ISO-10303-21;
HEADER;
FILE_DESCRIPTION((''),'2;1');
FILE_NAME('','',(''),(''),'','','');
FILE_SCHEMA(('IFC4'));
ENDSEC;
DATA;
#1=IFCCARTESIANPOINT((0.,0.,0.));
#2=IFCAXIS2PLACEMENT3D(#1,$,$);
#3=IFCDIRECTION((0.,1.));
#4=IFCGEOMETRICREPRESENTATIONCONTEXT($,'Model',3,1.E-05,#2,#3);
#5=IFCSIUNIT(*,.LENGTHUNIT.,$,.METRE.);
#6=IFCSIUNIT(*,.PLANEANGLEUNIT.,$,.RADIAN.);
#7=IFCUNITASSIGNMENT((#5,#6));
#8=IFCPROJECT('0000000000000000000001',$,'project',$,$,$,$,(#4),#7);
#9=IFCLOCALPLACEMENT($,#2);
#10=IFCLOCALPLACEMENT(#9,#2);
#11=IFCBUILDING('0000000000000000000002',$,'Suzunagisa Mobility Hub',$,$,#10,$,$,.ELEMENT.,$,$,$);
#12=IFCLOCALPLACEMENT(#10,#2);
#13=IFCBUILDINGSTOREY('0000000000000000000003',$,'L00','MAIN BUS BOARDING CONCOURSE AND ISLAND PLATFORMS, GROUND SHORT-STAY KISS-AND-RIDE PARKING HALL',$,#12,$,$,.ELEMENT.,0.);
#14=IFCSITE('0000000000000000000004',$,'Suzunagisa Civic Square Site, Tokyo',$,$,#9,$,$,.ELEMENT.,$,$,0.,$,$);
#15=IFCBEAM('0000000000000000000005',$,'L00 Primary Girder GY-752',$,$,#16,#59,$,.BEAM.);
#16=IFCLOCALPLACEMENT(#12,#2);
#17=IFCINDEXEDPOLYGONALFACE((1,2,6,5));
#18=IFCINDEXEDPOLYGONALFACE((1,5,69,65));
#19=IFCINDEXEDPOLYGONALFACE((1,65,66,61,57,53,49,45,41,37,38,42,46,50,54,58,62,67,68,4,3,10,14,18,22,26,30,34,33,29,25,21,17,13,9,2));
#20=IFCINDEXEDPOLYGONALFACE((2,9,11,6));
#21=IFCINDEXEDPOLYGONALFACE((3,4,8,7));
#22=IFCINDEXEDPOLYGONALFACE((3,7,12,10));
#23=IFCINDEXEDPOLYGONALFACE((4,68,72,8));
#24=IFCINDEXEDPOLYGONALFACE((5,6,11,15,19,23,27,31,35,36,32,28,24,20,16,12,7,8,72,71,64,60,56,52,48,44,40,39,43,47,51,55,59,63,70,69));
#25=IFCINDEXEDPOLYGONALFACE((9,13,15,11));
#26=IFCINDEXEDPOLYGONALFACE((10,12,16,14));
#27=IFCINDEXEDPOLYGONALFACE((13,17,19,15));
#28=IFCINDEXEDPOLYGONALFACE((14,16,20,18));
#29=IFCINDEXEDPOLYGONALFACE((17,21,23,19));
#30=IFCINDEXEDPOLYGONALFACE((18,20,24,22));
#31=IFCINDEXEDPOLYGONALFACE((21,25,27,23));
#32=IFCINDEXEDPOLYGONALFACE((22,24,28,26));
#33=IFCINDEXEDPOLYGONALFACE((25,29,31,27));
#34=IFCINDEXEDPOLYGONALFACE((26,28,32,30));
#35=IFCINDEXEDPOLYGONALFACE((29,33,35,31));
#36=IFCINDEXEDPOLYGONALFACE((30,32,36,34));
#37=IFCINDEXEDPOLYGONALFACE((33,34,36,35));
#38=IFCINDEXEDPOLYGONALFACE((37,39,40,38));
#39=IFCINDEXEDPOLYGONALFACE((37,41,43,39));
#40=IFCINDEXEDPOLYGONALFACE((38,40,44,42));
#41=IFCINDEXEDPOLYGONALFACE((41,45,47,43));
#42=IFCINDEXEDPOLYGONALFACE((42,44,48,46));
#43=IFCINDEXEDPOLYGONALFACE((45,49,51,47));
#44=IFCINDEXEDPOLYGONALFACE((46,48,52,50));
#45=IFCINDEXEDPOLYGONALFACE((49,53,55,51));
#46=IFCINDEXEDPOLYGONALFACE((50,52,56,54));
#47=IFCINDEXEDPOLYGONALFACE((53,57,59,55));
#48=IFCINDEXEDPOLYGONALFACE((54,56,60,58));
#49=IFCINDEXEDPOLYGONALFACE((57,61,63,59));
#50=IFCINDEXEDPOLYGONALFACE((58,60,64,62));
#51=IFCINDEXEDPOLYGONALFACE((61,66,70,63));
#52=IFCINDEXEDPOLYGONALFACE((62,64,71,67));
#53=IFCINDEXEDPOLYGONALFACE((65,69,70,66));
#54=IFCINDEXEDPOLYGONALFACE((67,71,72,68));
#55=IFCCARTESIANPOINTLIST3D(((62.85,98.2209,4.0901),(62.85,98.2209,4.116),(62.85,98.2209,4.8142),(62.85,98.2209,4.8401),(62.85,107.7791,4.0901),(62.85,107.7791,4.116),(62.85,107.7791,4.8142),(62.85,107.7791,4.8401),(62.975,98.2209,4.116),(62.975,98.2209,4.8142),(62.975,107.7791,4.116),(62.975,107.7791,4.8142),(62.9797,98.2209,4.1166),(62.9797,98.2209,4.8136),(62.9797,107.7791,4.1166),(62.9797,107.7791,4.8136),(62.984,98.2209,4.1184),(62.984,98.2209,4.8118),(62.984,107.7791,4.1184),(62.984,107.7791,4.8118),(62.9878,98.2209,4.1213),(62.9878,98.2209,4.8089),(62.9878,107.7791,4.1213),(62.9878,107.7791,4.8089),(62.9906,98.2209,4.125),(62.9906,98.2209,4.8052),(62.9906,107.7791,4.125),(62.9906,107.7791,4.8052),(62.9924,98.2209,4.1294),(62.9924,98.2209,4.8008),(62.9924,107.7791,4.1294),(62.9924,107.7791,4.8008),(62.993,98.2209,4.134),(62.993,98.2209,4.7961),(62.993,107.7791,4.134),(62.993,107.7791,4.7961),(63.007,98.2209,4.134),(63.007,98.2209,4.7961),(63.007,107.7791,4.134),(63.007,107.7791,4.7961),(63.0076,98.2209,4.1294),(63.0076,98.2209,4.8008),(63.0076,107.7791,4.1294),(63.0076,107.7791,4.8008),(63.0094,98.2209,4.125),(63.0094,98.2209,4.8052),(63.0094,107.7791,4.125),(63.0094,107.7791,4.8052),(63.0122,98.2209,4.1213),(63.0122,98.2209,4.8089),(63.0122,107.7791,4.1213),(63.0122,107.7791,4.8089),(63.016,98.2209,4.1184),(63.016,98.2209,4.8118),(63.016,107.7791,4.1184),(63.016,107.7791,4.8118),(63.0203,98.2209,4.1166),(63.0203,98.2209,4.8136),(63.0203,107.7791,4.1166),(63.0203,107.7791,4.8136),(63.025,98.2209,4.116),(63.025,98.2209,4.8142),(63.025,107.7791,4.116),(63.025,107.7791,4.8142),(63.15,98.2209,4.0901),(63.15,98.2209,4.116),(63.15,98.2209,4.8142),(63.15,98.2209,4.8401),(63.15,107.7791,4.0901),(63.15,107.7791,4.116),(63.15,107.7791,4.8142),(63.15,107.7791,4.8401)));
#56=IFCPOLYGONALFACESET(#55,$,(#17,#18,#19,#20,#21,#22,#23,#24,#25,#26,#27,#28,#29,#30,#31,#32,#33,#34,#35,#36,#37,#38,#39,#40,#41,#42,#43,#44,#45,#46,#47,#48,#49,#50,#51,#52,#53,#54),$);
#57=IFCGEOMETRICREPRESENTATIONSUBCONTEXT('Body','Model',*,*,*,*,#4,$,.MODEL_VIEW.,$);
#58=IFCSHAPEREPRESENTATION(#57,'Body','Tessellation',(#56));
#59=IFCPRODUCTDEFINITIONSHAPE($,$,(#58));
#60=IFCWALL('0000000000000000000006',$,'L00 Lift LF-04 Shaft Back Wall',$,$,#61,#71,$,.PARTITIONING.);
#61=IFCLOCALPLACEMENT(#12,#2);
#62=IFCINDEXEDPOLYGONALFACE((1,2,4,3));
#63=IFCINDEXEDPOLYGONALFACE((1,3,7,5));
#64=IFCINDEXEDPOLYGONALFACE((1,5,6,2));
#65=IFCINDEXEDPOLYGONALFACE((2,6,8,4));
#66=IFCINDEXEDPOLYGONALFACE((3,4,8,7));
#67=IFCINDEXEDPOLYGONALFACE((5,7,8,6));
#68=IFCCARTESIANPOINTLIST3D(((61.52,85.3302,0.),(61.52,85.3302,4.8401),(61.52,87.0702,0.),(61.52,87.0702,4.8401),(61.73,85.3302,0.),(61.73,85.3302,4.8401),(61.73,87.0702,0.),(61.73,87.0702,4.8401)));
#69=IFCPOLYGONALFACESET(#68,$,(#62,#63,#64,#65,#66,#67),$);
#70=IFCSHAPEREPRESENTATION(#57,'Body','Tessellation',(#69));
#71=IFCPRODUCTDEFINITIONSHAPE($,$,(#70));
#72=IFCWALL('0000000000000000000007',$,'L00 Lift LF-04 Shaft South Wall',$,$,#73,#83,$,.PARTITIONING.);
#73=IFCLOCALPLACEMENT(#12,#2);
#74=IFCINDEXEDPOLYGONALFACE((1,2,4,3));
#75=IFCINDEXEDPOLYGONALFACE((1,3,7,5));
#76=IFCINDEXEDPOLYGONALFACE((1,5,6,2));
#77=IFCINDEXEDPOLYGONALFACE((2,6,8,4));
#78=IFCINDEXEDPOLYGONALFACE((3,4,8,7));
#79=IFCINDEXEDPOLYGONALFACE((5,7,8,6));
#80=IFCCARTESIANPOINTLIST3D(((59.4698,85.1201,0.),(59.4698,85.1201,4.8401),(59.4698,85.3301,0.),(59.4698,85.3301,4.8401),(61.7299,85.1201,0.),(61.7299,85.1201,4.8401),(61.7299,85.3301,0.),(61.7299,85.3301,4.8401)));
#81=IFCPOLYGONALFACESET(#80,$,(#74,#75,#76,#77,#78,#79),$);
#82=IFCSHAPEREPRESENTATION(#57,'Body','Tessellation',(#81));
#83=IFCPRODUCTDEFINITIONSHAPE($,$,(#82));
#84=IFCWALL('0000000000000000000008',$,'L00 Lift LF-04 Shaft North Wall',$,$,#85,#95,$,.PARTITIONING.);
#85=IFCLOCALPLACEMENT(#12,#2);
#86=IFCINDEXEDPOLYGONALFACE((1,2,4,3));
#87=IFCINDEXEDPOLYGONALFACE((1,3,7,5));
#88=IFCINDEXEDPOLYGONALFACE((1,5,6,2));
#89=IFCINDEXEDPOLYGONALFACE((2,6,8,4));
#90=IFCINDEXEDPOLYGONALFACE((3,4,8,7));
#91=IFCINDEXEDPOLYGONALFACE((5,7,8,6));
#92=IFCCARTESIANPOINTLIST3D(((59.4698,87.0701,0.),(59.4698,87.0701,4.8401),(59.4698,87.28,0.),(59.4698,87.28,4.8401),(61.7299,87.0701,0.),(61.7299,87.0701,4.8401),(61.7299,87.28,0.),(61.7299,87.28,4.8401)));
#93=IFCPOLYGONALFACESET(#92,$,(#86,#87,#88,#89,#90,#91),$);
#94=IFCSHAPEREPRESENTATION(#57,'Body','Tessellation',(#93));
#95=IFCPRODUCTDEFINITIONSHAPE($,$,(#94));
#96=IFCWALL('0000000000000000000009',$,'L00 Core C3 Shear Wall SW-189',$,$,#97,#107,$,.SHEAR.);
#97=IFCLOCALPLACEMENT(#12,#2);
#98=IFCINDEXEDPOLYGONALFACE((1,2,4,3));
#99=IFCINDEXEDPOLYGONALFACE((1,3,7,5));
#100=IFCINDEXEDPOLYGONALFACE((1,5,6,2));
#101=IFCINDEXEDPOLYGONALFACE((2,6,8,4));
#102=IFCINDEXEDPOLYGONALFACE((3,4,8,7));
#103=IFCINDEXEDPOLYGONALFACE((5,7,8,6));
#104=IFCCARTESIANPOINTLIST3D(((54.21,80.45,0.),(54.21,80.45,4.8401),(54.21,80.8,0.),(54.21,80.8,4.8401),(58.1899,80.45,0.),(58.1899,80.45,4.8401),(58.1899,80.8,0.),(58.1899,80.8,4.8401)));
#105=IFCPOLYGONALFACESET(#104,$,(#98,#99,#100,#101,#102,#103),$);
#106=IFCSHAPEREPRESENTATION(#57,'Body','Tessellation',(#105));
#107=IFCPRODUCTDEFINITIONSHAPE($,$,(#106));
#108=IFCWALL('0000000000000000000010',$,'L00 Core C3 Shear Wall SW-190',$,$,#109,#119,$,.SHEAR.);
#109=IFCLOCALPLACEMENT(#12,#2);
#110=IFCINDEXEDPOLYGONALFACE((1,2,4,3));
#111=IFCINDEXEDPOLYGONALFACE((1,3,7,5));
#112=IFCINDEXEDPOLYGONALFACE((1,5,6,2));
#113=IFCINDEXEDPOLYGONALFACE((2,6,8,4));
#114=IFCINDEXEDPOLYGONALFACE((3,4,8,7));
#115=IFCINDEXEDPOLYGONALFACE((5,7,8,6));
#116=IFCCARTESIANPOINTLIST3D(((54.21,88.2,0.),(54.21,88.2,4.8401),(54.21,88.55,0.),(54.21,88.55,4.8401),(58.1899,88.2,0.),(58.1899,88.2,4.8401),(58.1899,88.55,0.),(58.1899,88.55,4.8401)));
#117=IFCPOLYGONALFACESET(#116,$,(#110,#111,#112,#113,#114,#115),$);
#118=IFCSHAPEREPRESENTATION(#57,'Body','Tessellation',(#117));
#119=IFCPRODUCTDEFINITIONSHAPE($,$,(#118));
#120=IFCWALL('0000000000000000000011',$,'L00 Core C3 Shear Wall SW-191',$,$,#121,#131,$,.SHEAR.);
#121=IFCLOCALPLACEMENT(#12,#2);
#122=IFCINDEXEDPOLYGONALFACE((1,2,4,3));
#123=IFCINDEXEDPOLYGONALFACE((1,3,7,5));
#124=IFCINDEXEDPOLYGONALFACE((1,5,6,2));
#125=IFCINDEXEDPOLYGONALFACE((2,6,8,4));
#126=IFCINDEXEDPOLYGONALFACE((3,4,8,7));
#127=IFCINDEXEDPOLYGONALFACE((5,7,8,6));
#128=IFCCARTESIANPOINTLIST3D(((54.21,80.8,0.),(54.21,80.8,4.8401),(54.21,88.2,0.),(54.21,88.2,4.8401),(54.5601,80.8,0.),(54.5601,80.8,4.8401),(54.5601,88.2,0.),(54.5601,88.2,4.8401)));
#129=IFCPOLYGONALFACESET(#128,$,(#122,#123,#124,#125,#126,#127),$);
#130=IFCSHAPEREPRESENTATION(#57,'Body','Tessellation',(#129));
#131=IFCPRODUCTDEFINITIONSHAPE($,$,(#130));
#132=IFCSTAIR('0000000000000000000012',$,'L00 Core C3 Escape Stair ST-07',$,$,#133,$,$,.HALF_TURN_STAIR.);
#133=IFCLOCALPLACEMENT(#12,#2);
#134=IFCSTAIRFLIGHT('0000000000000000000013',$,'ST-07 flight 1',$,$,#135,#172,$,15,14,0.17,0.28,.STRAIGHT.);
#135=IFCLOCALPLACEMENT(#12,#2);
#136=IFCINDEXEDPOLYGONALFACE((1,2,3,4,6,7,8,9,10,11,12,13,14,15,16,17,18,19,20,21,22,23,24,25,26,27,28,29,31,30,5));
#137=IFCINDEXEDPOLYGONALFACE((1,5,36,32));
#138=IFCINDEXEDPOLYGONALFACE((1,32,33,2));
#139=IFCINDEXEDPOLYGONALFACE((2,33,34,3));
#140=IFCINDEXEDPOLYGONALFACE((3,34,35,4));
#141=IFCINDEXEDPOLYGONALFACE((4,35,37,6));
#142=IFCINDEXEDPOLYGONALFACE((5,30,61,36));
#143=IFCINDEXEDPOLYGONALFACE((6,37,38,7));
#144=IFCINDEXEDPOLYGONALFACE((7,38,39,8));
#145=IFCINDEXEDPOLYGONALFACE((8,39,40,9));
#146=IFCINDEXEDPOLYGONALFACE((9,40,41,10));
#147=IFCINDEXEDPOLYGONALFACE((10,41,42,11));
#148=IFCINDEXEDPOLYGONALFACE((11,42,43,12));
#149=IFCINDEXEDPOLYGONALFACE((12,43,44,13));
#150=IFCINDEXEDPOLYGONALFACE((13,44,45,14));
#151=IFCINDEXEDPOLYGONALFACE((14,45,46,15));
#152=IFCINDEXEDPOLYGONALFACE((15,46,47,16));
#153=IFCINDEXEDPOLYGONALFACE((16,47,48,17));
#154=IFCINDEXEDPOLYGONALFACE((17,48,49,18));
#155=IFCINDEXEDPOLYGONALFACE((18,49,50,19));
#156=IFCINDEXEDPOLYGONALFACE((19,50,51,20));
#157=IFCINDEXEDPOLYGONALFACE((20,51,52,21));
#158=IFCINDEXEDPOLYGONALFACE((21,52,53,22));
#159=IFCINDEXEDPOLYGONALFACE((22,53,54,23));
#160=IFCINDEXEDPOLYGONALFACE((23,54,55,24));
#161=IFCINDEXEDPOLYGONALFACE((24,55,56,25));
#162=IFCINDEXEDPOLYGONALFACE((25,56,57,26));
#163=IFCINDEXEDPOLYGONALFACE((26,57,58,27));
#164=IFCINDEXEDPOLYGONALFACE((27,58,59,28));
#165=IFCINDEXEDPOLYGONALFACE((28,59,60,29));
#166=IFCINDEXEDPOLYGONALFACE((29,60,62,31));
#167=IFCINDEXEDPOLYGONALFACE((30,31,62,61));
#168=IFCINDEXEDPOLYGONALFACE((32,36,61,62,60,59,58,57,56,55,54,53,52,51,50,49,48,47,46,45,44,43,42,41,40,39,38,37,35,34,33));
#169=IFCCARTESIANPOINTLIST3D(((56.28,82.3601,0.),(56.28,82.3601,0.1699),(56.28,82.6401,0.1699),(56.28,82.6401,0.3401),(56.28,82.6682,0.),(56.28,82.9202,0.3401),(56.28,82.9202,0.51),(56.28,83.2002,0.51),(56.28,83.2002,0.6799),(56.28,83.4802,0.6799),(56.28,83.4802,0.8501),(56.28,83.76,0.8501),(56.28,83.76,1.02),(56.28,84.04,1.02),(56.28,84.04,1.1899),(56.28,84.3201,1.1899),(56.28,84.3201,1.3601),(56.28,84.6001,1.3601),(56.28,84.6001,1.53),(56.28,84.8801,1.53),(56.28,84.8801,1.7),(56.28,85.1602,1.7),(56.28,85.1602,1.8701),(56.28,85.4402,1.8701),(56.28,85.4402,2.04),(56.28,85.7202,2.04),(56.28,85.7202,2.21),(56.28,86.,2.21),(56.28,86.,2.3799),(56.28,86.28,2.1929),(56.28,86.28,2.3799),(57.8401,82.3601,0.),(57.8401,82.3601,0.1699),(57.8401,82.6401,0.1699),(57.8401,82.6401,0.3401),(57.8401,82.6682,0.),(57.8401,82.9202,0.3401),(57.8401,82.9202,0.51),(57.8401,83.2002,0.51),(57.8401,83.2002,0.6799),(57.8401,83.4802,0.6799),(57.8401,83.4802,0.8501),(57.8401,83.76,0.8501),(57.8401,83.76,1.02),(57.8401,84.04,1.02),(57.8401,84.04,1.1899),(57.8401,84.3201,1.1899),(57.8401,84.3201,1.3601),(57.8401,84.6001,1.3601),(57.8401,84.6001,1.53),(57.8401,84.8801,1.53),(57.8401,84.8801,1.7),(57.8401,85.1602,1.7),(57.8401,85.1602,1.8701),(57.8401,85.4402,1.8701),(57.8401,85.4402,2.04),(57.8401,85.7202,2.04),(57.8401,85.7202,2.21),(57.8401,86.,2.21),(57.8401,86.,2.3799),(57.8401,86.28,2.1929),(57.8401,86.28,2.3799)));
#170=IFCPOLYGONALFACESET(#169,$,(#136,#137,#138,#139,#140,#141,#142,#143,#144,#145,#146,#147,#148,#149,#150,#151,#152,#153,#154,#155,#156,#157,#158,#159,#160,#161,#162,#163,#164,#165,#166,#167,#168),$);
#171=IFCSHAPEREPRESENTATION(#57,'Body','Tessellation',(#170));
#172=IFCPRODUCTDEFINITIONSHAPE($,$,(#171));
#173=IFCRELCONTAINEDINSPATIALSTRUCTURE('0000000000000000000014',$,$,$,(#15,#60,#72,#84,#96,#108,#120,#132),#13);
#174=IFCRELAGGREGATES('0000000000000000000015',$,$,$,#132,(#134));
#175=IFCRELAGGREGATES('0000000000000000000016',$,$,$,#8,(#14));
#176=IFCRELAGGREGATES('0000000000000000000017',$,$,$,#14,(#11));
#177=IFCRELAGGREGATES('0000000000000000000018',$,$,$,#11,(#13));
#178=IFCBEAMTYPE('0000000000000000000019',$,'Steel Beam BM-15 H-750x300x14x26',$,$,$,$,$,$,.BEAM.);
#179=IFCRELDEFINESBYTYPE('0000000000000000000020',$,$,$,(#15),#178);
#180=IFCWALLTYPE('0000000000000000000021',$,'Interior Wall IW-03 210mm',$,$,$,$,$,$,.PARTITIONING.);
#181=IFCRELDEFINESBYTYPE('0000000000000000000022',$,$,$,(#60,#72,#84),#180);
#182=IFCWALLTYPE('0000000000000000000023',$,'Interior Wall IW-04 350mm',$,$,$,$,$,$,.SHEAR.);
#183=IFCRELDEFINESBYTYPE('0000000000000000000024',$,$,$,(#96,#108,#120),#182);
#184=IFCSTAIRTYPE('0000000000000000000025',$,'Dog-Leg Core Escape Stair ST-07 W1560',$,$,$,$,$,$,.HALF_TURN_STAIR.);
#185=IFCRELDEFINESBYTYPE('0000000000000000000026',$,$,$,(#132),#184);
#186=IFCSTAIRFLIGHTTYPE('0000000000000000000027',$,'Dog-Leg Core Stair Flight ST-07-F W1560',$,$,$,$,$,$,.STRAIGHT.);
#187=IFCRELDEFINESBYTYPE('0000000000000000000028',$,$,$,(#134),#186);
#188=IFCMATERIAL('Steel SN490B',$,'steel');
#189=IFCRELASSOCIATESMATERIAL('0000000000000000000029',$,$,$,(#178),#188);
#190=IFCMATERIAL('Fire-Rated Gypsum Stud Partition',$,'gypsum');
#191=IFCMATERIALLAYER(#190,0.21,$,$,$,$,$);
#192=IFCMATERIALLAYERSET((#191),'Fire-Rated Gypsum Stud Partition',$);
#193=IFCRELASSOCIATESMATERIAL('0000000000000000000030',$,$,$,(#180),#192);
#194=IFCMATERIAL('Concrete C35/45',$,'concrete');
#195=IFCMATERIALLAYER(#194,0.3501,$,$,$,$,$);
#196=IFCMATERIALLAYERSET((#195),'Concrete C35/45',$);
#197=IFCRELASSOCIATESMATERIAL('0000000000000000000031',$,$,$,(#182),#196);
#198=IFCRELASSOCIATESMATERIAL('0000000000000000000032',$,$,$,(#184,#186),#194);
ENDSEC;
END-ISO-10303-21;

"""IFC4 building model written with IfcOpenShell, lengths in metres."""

from ifc_helpers import new_model, si_unit, direction, frame, frame_2d, origin, origin_2d, place, context, subcontext, project, spatial, polyline, rectangle, i_section, outline, extrude, material, layer, layer_set, material_profile, profile_set, type_object, element, aggregate, save


model = new_model("IFC4")

# Units and contexts
model_context = context("Model", 3, precision=1e-05, world=origin(), true_north=direction((0.0, 1.0)))
body_context = subcontext(model_context, "Body", "Model", "MODEL_VIEW")
ifc_project = project(units=[si_unit("LENGTHUNIT", "METRE"), si_unit("PLANEANGLEUNIT", "RADIAN")], contexts=[model_context])

# Site, building, storey
site_placement = place(None, origin())
site = spatial("IfcSite", under=ifc_project, at=site_placement, Name="Suzunagisa Civic Square Site, Tokyo", CompositionType="ELEMENT", RefElevation=0.0)
building_placement = place(site_placement, origin())
building = spatial("IfcBuilding", under=site, at=building_placement, Name="Suzunagisa Mobility Hub", CompositionType="ELEMENT")
storey_placement = place(building_placement, origin())
storey = spatial("IfcBuildingStorey", under=building, at=storey_placement, Name="L00", Description="MAIN BUS BOARDING CONCOURSE AND ISLAND PLATFORMS, GROUND SHORT-STAY KISS-AND-RIDE PARKING HALL", CompositionType="ELEMENT", Elevation=0.0)

# Shared definitions
ifc_material_1 = material(Name="Steel SN490B", Category="steel")

# Beam
ifc_material_profile_1 = material_profile(ifc_material_1, i_section(OverallWidth=0.3, OverallDepth=0.75, WebThickness=0.0139, FlangeThickness=0.0259, FilletRadius=0.0181, at=origin_2d()), Name="H-750x300x14x26")
ifc_profile_set_1 = profile_set([ifc_material_profile_1], Name="Steel SN490B")
beam_type_1 = type_object("IfcBeamType", Name="Steel Beam BM-15 H-750x300x14x26", PredefinedType="BEAM", material=ifc_profile_set_1)
beam_1_placement = place(storey_placement, frame((63.0, 98.2209, 4.4651), z_axis=(0.0, 1.0, 0.0), x_axis=(-1.0, 0.0, 0.0)))
element("IfcBeam", 1, at=beam_1_placement, inside=storey, type_object=beam_type_1, Name="L00 Primary Girder GY-752", PredefinedType="BEAM", context=body_context, shape_type="SweptSolid", body=[
    extrude(i_section(OverallWidth=0.3, OverallDepth=0.75, WebThickness=0.0139, FlangeThickness=0.0259, FilletRadius=0.0181, at=origin_2d()), origin(), (0.0, 0.0, 1.0), 9.5581),
])

# Shared definitions
ifc_material_2 = material(Name="Fire-Rated Gypsum Stud Partition", Category="gypsum")
ifc_layer_1 = layer(ifc_material_2, 0.21)
ifc_layer_set_1 = layer_set([ifc_layer_1], Name="Fire-Rated Gypsum Stud Partition")
wall_type_1 = type_object("IfcWallType", Name="Interior Wall IW-03 210mm", PredefinedType="PARTITIONING", material=ifc_layer_set_1)

# Walls
wall_1_placement = place(storey_placement, frame((61.625, 85.3301, 0.0), z_axis=(0.0, 0.0, 1.0), x_axis=(0.0, 1.0, 0.0)))
element("IfcWall", 2, at=wall_1_placement, inside=storey, type_object=wall_type_1, Name="L00 Lift LF-04 Shaft Back Wall", PredefinedType="PARTITIONING", context=body_context, shape_type="SweptSolid", body=[
    extrude(rectangle(XDim=1.74, YDim=0.21, at=frame_2d((0.8701, 0.0))), origin(), (0.0, 0.0, 1.0), 4.8401),
])
for number, where, z_axis, x_axis, name in (
    (3, (59.47, 85.2251, 0.0), (0.0, 0.0, 1.0), (1.0, 0.0, 0.0), "L00 Lift LF-04 Shaft South Wall"),
    (4, (59.47, 87.175, 0.0), (0.0, 0.0, 1.0), (1.0, 0.0, 0.0), "L00 Lift LF-04 Shaft North Wall"),
):
    element("IfcWall", number, at=place(storey_placement, frame(where, z_axis=z_axis, x_axis=x_axis)), inside=storey, type_object=wall_type_1, Name=name, PredefinedType="PARTITIONING", context=body_context, shape_type="SweptSolid", body=[
        extrude(rectangle(XDim=2.26, YDim=0.21, at=frame_2d((1.1299, 0.0))), origin(), (0.0, 0.0, 1.0), 4.8401),
    ])
ifc_material_3 = material(Name="Concrete C35/45", Category="concrete")
ifc_layer_2 = layer(ifc_material_3, 0.3501)
ifc_layer_set_2 = layer_set([ifc_layer_2], Name="Concrete C35/45")
wall_type_2 = type_object("IfcWallType", Name="Interior Wall IW-04 350mm", PredefinedType="SHEAR", material=ifc_layer_set_2)
for number, where, z_axis, x_axis, name in (
    (5, (54.21, 80.625, 0.0), (0.0, 0.0, 1.0), (1.0, 0.0, 0.0), "L00 Core C3 Shear Wall SW-189"),
    (6, (54.21, 88.375, 0.0), (0.0, 0.0, 1.0), (1.0, 0.0, 0.0), "L00 Core C3 Shear Wall SW-190"),
):
    element("IfcWall", number, at=place(storey_placement, frame(where, z_axis=z_axis, x_axis=x_axis)), inside=storey, type_object=wall_type_2, Name=name, PredefinedType="SHEAR", context=body_context, shape_type="SweptSolid", body=[
        extrude(rectangle(XDim=3.98, YDim=0.3501, at=frame_2d((1.99, 0.0))), origin(), (0.0, 0.0, 1.0), 4.8401),
    ])
wall_2_placement = place(storey_placement, frame((54.385, 80.8, 0.0), z_axis=(0.0, 0.0, 1.0), x_axis=(0.0, 1.0, 0.0)))
element("IfcWall", 7, at=wall_2_placement, inside=storey, type_object=wall_type_2, Name="L00 Core C3 Shear Wall SW-191", PredefinedType="SHEAR", context=body_context, shape_type="SweptSolid", body=[
    extrude(rectangle(XDim=7.3999, YDim=0.3501, at=frame_2d((3.7, 0.0))), origin(), (0.0, 0.0, 1.0), 4.8401),
])

# Stair, stair flight
stair_type = type_object("IfcStairType", Name="Dog-Leg Core Escape Stair ST-07 W1560", PredefinedType="HALF_TURN_STAIR", material=ifc_material_3)
stair_placement = place(storey_placement, origin())
stair = element("IfcStair", 8, at=stair_placement, inside=storey, type_object=stair_type, Name="L00 Core C3 Escape Stair ST-07", PredefinedType="HALF_TURN_STAIR")
stair_flight_type = type_object("IfcStairFlightType", Name="Dog-Leg Core Stair Flight ST-07-F W1560", PredefinedType="STRAIGHT", material=ifc_material_3)
stair_flight_1_placement = place(storey_placement, frame((57.0601, 82.3601, 0.0), z_axis=(0.0, 0.0, 1.0), x_axis=(0.0, 1.0, 0.0)))
stair_flight_1 = element("IfcStairFlight", 9, at=stair_flight_1_placement, type_object=stair_flight_type, Name="ST-07 flight 1", NumberOfRisers=15, NumberOfTreads=14, PredefinedType="STRAIGHT", RiserHeight=0.17, TreadLength=0.28, context=body_context, shape_type="SweptSolid", body=[
    extrude(outline(polyline([(0.0, 0.0), (0.0, 0.1699), (0.28, 0.1699), (0.28, 0.3401), (0.5601, 0.3401), (0.5601, 0.51), (0.8401, 0.51), (0.8401, 0.6799), (1.1201, 0.6799), (1.1201, 0.8501), (1.3999, 0.8501), (1.3999, 1.02), (1.6799, 1.02), (1.6799, 1.1899), (1.96, 1.1899), (1.96, 1.3601), (2.24, 1.3601), (2.24, 1.53), (2.52, 1.53), (2.52, 1.7), (2.8, 1.7), (2.8, 1.8701), (3.0801, 1.8701), (3.0801, 2.04), (3.3601, 2.04), (3.3601, 2.21), (3.6399, 2.21), (3.6399, 2.3799), (3.9199, 2.3799), (3.9199, 2.55), (3.9199, 2.1929), (0.3081, 0.0), (0.0, 0.0)])), frame((0.0, 0.78, 0.0), z_axis=(0.0, -1.0, 0.0), x_axis=(1.0, 0.0, 0.0)), (0.0, 0.0, 1.0), 1.5601),
])
aggregate(stair, [stair_flight_1])

save(model, "model.ifc")
